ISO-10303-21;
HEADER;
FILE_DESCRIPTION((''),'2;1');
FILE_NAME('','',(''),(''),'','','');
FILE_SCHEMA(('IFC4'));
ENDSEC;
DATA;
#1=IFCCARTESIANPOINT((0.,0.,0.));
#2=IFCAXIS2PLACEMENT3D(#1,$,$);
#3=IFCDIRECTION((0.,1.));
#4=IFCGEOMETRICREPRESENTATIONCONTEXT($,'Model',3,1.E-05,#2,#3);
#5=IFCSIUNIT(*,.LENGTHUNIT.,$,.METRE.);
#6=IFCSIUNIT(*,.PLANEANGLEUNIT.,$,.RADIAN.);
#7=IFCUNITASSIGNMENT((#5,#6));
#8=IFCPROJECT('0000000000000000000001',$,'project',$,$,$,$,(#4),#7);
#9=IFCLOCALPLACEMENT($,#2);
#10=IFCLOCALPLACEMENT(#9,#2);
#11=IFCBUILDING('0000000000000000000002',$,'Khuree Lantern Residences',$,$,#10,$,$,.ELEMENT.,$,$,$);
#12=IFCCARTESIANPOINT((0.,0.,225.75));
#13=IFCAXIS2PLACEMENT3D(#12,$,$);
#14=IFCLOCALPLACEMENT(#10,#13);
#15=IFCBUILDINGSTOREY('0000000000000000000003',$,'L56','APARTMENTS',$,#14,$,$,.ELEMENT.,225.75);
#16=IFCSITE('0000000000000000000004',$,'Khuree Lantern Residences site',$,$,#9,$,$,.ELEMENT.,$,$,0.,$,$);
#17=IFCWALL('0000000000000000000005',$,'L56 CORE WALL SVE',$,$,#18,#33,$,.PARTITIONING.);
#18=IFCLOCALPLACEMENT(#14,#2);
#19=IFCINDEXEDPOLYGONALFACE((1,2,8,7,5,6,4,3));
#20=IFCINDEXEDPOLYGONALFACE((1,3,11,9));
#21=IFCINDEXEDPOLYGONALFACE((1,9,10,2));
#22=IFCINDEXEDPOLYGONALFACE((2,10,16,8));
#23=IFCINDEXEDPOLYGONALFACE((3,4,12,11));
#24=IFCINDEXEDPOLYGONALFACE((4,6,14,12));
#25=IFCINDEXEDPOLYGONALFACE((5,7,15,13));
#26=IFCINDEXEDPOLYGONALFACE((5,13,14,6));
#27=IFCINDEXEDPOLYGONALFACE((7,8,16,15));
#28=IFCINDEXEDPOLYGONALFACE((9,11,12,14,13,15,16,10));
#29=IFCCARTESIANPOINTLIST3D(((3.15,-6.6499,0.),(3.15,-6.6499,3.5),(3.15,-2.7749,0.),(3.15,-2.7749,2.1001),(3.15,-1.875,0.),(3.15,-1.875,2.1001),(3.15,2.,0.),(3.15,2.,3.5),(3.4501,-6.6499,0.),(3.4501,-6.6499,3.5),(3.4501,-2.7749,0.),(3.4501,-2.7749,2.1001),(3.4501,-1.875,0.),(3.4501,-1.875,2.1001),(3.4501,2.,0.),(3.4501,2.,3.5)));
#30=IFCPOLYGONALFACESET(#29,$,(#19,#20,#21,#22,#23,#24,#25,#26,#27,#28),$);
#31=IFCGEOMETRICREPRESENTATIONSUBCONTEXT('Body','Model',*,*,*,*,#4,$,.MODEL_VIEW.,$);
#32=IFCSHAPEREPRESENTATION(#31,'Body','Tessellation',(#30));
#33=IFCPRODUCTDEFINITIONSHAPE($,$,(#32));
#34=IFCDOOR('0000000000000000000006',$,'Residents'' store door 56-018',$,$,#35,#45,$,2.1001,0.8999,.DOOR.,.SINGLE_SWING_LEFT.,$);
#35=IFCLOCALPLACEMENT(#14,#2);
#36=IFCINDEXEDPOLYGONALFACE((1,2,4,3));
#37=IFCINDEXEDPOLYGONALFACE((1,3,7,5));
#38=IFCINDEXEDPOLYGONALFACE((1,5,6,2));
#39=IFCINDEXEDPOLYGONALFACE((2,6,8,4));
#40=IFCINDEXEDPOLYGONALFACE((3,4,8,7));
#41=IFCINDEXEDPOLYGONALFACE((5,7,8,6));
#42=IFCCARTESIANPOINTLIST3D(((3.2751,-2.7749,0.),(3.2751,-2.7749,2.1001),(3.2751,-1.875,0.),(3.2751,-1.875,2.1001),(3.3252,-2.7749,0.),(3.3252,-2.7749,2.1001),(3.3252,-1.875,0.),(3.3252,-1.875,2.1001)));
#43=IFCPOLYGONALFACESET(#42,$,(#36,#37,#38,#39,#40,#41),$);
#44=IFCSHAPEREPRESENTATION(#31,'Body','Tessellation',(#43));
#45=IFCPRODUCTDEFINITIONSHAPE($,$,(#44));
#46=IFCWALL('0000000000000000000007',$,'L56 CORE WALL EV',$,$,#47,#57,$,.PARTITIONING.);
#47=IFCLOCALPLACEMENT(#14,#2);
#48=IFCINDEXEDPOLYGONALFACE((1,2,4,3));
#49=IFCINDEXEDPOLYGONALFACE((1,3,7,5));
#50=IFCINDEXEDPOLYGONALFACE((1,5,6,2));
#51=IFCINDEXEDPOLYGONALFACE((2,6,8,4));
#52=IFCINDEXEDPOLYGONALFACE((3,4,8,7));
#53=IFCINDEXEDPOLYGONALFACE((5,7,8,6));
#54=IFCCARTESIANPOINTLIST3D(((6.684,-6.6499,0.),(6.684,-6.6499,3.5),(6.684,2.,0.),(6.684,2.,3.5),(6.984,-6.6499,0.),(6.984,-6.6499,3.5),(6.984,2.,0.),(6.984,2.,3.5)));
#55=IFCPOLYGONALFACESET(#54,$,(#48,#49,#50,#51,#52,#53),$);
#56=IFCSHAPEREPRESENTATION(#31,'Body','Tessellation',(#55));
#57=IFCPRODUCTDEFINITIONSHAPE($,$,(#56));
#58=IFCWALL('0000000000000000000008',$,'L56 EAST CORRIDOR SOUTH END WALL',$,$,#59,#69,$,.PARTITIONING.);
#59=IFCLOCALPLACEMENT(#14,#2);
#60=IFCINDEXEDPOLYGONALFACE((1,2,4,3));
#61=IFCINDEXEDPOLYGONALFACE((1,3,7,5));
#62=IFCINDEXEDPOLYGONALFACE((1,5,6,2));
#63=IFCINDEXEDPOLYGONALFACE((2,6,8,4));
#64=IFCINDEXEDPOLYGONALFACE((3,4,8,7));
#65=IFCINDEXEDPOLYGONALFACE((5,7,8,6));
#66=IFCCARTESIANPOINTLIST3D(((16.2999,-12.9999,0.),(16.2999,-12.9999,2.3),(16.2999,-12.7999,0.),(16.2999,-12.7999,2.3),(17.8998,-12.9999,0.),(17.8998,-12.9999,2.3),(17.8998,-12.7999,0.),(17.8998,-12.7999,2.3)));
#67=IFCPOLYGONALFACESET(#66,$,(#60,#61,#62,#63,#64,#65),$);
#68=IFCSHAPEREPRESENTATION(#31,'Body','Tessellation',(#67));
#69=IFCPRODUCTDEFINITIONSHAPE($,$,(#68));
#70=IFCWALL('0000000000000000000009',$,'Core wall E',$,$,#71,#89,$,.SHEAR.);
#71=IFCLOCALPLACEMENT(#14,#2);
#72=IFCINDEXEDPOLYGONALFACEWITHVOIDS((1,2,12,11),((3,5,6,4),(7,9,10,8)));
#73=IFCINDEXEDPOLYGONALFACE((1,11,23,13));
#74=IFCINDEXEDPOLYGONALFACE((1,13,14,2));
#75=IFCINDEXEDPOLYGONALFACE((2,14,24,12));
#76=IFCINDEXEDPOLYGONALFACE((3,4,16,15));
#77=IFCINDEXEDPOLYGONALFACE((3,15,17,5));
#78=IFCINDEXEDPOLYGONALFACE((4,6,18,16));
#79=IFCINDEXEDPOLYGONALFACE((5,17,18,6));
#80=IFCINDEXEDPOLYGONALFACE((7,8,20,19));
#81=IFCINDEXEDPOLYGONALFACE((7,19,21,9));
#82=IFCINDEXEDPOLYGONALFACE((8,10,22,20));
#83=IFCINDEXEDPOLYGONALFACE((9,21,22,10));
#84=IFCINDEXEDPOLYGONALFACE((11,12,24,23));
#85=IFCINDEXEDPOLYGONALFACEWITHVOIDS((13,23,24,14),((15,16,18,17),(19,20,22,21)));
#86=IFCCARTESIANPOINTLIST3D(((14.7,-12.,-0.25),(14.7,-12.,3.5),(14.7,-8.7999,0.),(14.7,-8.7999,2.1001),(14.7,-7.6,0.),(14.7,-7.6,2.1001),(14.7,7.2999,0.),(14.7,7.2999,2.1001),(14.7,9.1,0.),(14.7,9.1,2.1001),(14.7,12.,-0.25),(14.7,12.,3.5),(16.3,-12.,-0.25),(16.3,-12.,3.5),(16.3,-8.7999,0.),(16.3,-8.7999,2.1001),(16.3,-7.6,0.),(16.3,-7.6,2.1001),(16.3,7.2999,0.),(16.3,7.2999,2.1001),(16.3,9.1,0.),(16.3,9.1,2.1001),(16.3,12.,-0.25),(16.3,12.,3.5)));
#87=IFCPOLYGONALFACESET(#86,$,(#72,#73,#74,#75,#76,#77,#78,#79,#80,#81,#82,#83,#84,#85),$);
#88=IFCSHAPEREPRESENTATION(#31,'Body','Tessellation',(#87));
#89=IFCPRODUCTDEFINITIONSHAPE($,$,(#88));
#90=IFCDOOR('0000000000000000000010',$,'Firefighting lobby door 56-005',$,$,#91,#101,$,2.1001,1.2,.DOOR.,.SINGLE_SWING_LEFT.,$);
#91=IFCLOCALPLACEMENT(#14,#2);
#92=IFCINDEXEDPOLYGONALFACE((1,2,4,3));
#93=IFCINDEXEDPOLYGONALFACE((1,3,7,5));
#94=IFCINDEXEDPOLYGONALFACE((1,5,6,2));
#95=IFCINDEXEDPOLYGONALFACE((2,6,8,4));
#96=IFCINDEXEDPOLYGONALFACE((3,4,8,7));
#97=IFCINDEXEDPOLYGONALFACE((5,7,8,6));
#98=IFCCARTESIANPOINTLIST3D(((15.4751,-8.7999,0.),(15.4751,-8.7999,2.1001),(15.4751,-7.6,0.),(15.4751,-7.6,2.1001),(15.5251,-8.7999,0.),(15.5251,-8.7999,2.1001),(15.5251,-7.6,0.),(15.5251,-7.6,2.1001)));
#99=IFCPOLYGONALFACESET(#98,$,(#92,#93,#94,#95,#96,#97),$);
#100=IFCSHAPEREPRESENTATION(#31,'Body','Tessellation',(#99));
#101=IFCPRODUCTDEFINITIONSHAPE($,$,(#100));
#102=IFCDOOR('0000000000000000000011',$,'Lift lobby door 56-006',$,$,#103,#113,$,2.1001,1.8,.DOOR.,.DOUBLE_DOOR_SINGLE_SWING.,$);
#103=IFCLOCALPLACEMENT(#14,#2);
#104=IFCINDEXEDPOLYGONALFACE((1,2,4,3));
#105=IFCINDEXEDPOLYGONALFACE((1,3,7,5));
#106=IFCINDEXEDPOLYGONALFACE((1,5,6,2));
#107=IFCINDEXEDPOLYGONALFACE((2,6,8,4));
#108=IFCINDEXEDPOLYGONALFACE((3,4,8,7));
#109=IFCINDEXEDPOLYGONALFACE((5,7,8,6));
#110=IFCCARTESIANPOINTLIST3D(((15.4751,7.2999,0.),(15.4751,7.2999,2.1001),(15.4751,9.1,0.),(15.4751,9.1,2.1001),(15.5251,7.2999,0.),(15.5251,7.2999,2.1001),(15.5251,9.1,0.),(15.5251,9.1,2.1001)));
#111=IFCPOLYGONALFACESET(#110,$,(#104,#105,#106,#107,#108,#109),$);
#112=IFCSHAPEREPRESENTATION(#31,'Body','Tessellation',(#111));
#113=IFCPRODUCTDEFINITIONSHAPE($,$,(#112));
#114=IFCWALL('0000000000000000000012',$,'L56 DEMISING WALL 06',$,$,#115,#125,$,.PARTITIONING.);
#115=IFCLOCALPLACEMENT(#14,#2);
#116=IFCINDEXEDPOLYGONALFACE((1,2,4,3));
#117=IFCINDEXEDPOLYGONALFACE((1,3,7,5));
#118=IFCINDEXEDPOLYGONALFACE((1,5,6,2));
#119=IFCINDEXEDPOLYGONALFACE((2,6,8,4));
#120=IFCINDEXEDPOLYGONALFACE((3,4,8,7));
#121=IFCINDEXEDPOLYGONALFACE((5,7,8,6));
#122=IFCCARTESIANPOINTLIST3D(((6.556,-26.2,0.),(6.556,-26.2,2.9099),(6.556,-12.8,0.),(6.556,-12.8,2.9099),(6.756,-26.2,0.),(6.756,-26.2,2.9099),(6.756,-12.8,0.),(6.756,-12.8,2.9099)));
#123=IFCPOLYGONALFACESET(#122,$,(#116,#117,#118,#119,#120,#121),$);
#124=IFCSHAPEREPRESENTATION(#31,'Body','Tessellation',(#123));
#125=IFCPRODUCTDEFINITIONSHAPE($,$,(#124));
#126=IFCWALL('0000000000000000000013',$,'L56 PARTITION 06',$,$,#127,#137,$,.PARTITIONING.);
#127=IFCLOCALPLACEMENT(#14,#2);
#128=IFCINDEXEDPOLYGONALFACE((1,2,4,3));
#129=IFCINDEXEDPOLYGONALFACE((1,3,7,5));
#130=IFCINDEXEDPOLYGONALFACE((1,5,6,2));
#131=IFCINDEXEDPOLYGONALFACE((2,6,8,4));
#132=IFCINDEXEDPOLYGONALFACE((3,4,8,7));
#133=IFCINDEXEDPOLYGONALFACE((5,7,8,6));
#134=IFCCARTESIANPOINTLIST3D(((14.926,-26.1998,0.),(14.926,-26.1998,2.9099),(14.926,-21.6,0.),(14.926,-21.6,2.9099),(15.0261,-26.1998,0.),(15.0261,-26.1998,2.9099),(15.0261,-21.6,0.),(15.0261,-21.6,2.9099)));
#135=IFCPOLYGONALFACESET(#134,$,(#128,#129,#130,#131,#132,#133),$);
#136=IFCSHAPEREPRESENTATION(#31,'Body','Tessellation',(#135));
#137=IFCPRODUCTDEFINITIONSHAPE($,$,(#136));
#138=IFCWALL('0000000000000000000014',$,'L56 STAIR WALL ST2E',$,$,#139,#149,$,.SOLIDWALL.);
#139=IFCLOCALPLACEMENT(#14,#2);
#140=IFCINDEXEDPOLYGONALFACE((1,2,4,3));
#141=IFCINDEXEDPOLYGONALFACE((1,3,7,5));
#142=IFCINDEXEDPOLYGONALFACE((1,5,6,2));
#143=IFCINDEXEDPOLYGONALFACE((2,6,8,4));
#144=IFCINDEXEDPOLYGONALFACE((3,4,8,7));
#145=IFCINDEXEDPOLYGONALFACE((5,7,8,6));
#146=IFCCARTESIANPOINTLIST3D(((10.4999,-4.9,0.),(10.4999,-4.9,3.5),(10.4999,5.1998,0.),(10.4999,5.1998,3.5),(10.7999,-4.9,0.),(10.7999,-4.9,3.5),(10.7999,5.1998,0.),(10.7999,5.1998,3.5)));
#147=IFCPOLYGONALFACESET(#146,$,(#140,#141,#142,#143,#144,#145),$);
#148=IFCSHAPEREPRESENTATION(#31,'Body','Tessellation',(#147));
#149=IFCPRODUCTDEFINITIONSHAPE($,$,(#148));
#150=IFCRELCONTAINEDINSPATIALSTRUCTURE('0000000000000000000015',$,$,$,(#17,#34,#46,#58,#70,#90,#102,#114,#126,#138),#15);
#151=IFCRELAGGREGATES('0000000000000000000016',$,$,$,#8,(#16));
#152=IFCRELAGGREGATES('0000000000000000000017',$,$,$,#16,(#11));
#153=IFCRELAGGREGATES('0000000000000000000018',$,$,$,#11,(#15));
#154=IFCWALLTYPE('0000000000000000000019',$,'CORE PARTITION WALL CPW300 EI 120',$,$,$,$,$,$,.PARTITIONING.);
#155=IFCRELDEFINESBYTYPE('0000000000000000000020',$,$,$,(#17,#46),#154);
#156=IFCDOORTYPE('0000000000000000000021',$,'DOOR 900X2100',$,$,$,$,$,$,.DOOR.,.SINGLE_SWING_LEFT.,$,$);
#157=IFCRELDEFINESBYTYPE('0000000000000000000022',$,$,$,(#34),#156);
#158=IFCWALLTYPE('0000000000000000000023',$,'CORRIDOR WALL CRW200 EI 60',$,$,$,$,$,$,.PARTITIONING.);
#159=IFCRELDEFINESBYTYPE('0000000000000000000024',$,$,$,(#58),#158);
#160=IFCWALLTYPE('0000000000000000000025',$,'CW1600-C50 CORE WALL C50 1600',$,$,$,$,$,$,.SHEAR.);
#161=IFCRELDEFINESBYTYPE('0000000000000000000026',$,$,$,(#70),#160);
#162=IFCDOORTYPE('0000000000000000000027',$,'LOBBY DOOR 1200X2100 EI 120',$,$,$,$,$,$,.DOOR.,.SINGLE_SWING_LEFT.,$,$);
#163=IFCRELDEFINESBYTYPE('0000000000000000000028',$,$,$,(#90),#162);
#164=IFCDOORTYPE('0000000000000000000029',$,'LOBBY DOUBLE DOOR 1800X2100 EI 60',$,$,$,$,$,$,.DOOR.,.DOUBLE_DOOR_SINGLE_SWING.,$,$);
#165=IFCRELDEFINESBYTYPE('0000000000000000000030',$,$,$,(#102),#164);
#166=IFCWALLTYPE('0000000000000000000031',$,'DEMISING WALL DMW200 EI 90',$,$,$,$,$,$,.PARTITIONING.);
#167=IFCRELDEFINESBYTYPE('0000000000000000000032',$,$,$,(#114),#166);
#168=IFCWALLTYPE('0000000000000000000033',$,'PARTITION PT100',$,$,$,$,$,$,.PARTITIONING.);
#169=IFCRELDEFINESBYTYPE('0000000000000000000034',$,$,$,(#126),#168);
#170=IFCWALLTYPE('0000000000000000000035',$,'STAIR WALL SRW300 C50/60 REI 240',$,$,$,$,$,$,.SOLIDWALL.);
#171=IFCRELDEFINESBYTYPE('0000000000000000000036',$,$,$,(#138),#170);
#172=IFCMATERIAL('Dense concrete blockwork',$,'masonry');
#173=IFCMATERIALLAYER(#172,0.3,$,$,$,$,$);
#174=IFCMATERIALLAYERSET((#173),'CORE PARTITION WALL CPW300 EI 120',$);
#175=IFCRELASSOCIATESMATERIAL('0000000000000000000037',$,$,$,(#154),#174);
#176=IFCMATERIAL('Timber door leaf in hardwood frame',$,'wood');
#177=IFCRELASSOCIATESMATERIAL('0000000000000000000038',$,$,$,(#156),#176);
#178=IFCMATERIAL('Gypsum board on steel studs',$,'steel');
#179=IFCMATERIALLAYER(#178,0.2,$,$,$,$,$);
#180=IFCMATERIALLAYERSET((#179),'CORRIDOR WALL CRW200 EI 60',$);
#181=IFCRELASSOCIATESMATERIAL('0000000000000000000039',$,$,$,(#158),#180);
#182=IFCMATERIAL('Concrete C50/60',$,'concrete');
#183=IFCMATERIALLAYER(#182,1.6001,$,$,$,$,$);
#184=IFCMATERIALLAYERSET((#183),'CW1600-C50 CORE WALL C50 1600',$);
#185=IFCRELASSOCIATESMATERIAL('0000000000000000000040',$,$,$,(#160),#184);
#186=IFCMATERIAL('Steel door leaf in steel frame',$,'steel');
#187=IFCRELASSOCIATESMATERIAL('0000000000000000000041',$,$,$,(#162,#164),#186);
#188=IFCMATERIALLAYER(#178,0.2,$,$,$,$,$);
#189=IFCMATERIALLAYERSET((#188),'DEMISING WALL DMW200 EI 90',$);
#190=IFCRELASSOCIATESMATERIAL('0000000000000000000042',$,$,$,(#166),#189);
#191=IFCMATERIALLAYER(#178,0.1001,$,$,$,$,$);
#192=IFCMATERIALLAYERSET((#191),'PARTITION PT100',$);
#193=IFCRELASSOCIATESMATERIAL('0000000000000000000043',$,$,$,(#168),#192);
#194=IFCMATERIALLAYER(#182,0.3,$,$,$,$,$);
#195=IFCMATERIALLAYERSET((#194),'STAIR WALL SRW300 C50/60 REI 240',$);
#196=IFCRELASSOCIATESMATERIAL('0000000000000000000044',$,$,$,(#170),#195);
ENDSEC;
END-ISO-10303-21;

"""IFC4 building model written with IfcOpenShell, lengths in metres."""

from ifc_helpers import new_model, si_unit, direction, frame, frame_2d, origin, place, context, subcontext, project, spatial, rectangle, extrude, material, layer, layer_set, type_object, element, fill, save


model = new_model("IFC4")

# Units and contexts
model_context = context("Model", 3, precision=1e-05, world=origin(), true_north=direction((0.0, 1.0)))
body_context = subcontext(model_context, "Body", "Model", "MODEL_VIEW")
ifc_project = project(units=[si_unit("LENGTHUNIT", "METRE"), si_unit("PLANEANGLEUNIT", "RADIAN")], contexts=[model_context])

# Site, building, storey
site_placement = place(None, origin())
site = spatial("IfcSite", under=ifc_project, at=site_placement, Name="Khuree Lantern Residences site", CompositionType="ELEMENT", RefElevation=0.0)
building_placement = place(site_placement, origin())
building = spatial("IfcBuilding", under=site, at=building_placement, Name="Khuree Lantern Residences", CompositionType="ELEMENT")
storey_placement = place(building_placement, frame((0.0, 0.0, 225.75)))
storey = spatial("IfcBuildingStorey", under=building, at=storey_placement, Name="L56", Description="APARTMENTS", CompositionType="ELEMENT", Elevation=225.75)

# Shared definitions
ifc_material_1 = material(Name="Concrete C50/60", Category="concrete")

# Shared definitions
ifc_material_2 = material(Name="Timber door leaf in hardwood frame", Category="wood")

# Shared definitions
ifc_material_3 = material(Name="Dense concrete blockwork", Category="masonry")
ifc_layer_1 = layer(ifc_material_3, 0.3)
ifc_layer_set_1 = layer_set([ifc_layer_1], Name="CORE PARTITION WALL CPW300 EI 120")
wall_type_1 = type_object("IfcWallType", Name="CORE PARTITION WALL CPW300 EI 120", PredefinedType="PARTITIONING", material=ifc_layer_set_1)

# Wall, opening, door
wall_1_placement = place(storey_placement, frame((3.3, -6.6499, 0.0), z_axis=(0.0, 0.0, 1.0), x_axis=(0.0, 1.0, 0.0)))
wall_1 = element("IfcWall", 1, at=wall_1_placement, inside=storey, type_object=wall_type_1, Name="L56 CORE WALL SVE", PredefinedType="PARTITIONING", context=body_context, shape_type="SweptSolid", body=[
    extrude(rectangle(XDim=8.6499, YDim=0.3, at=frame_2d((4.325, 0.0))), origin(), (0.0, 0.0, 1.0), 3.5),
])
opening_1_placement = place(wall_1_placement, frame((3.875, 0.0, 0.0)))
opening_1 = element("IfcOpeningElement", 2, at=opening_1_placement, cuts=wall_1, PredefinedType="OPENING", context=body_context, shape_type="SweptSolid", body=[
    extrude(rectangle(XDim=0.8999, YDim=2.1001, at=frame_2d((0.45, 1.05))), frame((0.0, 0.1602, 0.0), z_axis=(0.0, -1.0, 0.0), x_axis=(1.0, 0.0, 0.0)), (0.0, 0.0, 1.0), 0.3201),
])
door_type_1 = type_object("IfcDoorType", Name="DOOR 900X2100", OperationType="SINGLE_SWING_LEFT", PredefinedType="DOOR", material=ifc_material_2)
door_1_placement = place(opening_1_placement, origin())
door_1 = element("IfcDoor", 3, at=door_1_placement, inside=storey, type_object=door_type_1, Name="Residents' store door 56-018", OperationType="SINGLE_SWING_LEFT", OverallHeight=2.1001, OverallWidth=0.8999, PredefinedType="DOOR", context=body_context, shape_type="SweptSolid", body=[
    extrude(rectangle(XDim=0.8999, YDim=2.1001, at=frame_2d((0.45, 1.05))), frame((0.0, 0.0249, 0.0), z_axis=(0.0, -1.0, 0.0), x_axis=(1.0, 0.0, 0.0)), (0.0, 0.0, 1.0), 0.05),
])
fill(opening_1, door_1)

# Walls
wall_2_placement = place(storey_placement, frame((6.834, -6.6499, 0.0), z_axis=(0.0, 0.0, 1.0), x_axis=(0.0, 1.0, 0.0)))
element("IfcWall", 4, at=wall_2_placement, inside=storey, type_object=wall_type_1, Name="L56 CORE WALL EV", PredefinedType="PARTITIONING", context=body_context, shape_type="SweptSolid", body=[
    extrude(rectangle(XDim=8.6499, YDim=0.3, at=frame_2d((4.325, 0.0))), origin(), (0.0, 0.0, 1.0), 3.5),
])
ifc_material_4 = material(Name="Gypsum board on steel studs", Category="steel")
ifc_layer_2 = layer(ifc_material_4, 0.2)
ifc_layer_set_2 = layer_set([ifc_layer_2], Name="CORRIDOR WALL CRW200 EI 60")
wall_type_2 = type_object("IfcWallType", Name="CORRIDOR WALL CRW200 EI 60", PredefinedType="PARTITIONING", material=ifc_layer_set_2)
wall_3_placement = place(storey_placement, frame((16.3, -12.8999, 0.0), z_axis=(0.0, 0.0, 1.0), x_axis=(1.0, 0.0, 0.0)))
element("IfcWall", 5, at=wall_3_placement, inside=storey, type_object=wall_type_2, Name="L56 EAST CORRIDOR SOUTH END WALL", PredefinedType="PARTITIONING", context=body_context, shape_type="SweptSolid", body=[
    extrude(rectangle(XDim=1.5999, YDim=0.2, at=frame_2d((0.7998, 0.0))), origin(), (0.0, 0.0, 1.0), 2.3),
])

# Wall, openings, doors
ifc_layer_3 = layer(ifc_material_1, 1.6001)
ifc_layer_set_3 = layer_set([ifc_layer_3], Name="CW1600-C50 CORE WALL C50 1600")
wall_type_3 = type_object("IfcWallType", Name="CW1600-C50 CORE WALL C50 1600", PredefinedType="SHEAR", material=ifc_layer_set_3)
wall_4_placement = place(storey_placement, frame((15.5, -12.0, -0.25), z_axis=(0.0, 0.0, 1.0), x_axis=(0.0, 1.0, 0.0)))
wall_4 = element("IfcWall", 6, at=wall_4_placement, inside=storey, type_object=wall_type_3, Name="Core wall E", PredefinedType="SHEAR", context=body_context, shape_type="SweptSolid", body=[
    extrude(rectangle(XDim=24.0, YDim=1.6001, at=frame_2d((12.0, 0.0))), origin(), (0.0, 0.0, 1.0), 3.75),
])
opening_2_placement = place(wall_4_placement, frame((3.2, 0.0, 0.25)))
opening_2 = element("IfcOpeningElement", 7, at=opening_2_placement, cuts=wall_4, PredefinedType="OPENING", context=body_context, shape_type="SweptSolid", body=[
    extrude(rectangle(XDim=1.2, YDim=2.1001, at=frame_2d((0.6001, 1.05))), frame((0.0, 0.8101, 0.0), z_axis=(0.0, -1.0, 0.0), x_axis=(1.0, 0.0, 0.0)), (0.0, 0.0, 1.0), 1.6201),
])
opening_3_placement = place(wall_4_placement, frame((19.3, 0.0, 0.25)))
opening_3 = element("IfcOpeningElement", 8, at=opening_3_placement, cuts=wall_4, PredefinedType="OPENING", context=body_context, shape_type="SweptSolid", body=[
    extrude(rectangle(XDim=1.8, YDim=2.1001, at=frame_2d((0.8999, 1.05))), frame((0.0, 0.8101, 0.0), z_axis=(0.0, -1.0, 0.0), x_axis=(1.0, 0.0, 0.0)), (0.0, 0.0, 1.0), 1.6201),
])
ifc_material_5 = material(Name="Steel door leaf in steel frame", Category="steel")
door_type_2 = type_object("IfcDoorType", Name="LOBBY DOOR 1200X2100 EI 120", OperationType="SINGLE_SWING_LEFT", PredefinedType="DOOR", material=ifc_material_5)
door_2_placement = place(opening_2_placement, origin())
door_2 = element("IfcDoor", 9, at=door_2_placement, inside=storey, type_object=door_type_2, Name="Firefighting lobby door 56-005", OperationType="SINGLE_SWING_LEFT", OverallHeight=2.1001, OverallWidth=1.2, PredefinedType="DOOR", context=body_context, shape_type="SweptSolid", body=[
    extrude(rectangle(XDim=1.2, YDim=2.1001, at=frame_2d((0.6001, 1.05))), frame((0.0, 0.0249, 0.0), z_axis=(0.0, -1.0, 0.0), x_axis=(1.0, 0.0, 0.0)), (0.0, 0.0, 1.0), 0.05),
])
fill(opening_2, door_2)
door_type_3 = type_object("IfcDoorType", Name="LOBBY DOUBLE DOOR 1800X2100 EI 60", OperationType="DOUBLE_DOOR_SINGLE_SWING", PredefinedType="DOOR", material=ifc_material_5)
door_3_placement = place(opening_3_placement, origin())
door_3 = element("IfcDoor", 10, at=door_3_placement, inside=storey, type_object=door_type_3, Name="Lift lobby door 56-006", OperationType="DOUBLE_DOOR_SINGLE_SWING", OverallHeight=2.1001, OverallWidth=1.8, PredefinedType="DOOR", context=body_context, shape_type="SweptSolid", body=[
    extrude(rectangle(XDim=1.8, YDim=2.1001, at=frame_2d((0.8999, 1.05))), frame((0.0, 0.0249, 0.0), z_axis=(0.0, -1.0, 0.0), x_axis=(1.0, 0.0, 0.0)), (0.0, 0.0, 1.0), 0.05),
])
fill(opening_3, door_3)

# Walls
ifc_layer_4 = layer(ifc_material_4, 0.2)
ifc_layer_set_4 = layer_set([ifc_layer_4], Name="DEMISING WALL DMW200 EI 90")
wall_type_4 = type_object("IfcWallType", Name="DEMISING WALL DMW200 EI 90", PredefinedType="PARTITIONING", material=ifc_layer_set_4)
wall_5_placement = place(storey_placement, frame((6.656, -12.8, 0.0), z_axis=(0.0, 0.0, 1.0), x_axis=(0.0, -1.0, 0.0)))
element("IfcWall", 11, at=wall_5_placement, inside=storey, type_object=wall_type_4, Name="L56 DEMISING WALL 06", PredefinedType="PARTITIONING", context=body_context, shape_type="SweptSolid", body=[
    extrude(rectangle(XDim=13.3999, YDim=0.2, at=frame_2d((6.7, 0.0))), origin(), (0.0, 0.0, 1.0), 2.9099),
])
ifc_layer_5 = layer(ifc_material_4, 0.1001)
ifc_layer_set_5 = layer_set([ifc_layer_5], Name="PARTITION PT100")
wall_type_5 = type_object("IfcWallType", Name="PARTITION PT100", PredefinedType="PARTITIONING", material=ifc_layer_set_5)
wall_6_placement = place(storey_placement, frame((14.9761, -21.6001, 0.0), z_axis=(0.0, 0.0, 1.0), x_axis=(0.0, -1.0, 0.0)))
element("IfcWall", 12, at=wall_6_placement, inside=storey, type_object=wall_type_5, Name="L56 PARTITION 06", PredefinedType="PARTITIONING", context=body_context, shape_type="SweptSolid", body=[
    extrude(rectangle(XDim=4.5999, YDim=0.1001, at=frame_2d((2.2998, 0.0))), origin(), (0.0, 0.0, 1.0), 2.9099),
])
ifc_layer_6 = layer(ifc_material_1, 0.3)
ifc_layer_set_6 = layer_set([ifc_layer_6], Name="STAIR WALL SRW300 C50/60 REI 240")
wall_type_6 = type_object("IfcWallType", Name="STAIR WALL SRW300 C50/60 REI 240", PredefinedType="SOLIDWALL", material=ifc_layer_set_6)
wall_7_placement = place(storey_placement, frame((10.6499, -4.8999, 0.0), z_axis=(0.0, 0.0, 1.0), x_axis=(0.0, 1.0, 0.0)))
element("IfcWall", 13, at=wall_7_placement, inside=storey, type_object=wall_type_6, Name="L56 STAIR WALL ST2E", PredefinedType="SOLIDWALL", context=body_context, shape_type="SweptSolid", body=[
    extrude(rectangle(XDim=10.0999, YDim=0.3, at=frame_2d((5.0498, 0.0))), origin(), (0.0, 0.0, 1.0), 3.5),
])

save(model, "model.ifc")
